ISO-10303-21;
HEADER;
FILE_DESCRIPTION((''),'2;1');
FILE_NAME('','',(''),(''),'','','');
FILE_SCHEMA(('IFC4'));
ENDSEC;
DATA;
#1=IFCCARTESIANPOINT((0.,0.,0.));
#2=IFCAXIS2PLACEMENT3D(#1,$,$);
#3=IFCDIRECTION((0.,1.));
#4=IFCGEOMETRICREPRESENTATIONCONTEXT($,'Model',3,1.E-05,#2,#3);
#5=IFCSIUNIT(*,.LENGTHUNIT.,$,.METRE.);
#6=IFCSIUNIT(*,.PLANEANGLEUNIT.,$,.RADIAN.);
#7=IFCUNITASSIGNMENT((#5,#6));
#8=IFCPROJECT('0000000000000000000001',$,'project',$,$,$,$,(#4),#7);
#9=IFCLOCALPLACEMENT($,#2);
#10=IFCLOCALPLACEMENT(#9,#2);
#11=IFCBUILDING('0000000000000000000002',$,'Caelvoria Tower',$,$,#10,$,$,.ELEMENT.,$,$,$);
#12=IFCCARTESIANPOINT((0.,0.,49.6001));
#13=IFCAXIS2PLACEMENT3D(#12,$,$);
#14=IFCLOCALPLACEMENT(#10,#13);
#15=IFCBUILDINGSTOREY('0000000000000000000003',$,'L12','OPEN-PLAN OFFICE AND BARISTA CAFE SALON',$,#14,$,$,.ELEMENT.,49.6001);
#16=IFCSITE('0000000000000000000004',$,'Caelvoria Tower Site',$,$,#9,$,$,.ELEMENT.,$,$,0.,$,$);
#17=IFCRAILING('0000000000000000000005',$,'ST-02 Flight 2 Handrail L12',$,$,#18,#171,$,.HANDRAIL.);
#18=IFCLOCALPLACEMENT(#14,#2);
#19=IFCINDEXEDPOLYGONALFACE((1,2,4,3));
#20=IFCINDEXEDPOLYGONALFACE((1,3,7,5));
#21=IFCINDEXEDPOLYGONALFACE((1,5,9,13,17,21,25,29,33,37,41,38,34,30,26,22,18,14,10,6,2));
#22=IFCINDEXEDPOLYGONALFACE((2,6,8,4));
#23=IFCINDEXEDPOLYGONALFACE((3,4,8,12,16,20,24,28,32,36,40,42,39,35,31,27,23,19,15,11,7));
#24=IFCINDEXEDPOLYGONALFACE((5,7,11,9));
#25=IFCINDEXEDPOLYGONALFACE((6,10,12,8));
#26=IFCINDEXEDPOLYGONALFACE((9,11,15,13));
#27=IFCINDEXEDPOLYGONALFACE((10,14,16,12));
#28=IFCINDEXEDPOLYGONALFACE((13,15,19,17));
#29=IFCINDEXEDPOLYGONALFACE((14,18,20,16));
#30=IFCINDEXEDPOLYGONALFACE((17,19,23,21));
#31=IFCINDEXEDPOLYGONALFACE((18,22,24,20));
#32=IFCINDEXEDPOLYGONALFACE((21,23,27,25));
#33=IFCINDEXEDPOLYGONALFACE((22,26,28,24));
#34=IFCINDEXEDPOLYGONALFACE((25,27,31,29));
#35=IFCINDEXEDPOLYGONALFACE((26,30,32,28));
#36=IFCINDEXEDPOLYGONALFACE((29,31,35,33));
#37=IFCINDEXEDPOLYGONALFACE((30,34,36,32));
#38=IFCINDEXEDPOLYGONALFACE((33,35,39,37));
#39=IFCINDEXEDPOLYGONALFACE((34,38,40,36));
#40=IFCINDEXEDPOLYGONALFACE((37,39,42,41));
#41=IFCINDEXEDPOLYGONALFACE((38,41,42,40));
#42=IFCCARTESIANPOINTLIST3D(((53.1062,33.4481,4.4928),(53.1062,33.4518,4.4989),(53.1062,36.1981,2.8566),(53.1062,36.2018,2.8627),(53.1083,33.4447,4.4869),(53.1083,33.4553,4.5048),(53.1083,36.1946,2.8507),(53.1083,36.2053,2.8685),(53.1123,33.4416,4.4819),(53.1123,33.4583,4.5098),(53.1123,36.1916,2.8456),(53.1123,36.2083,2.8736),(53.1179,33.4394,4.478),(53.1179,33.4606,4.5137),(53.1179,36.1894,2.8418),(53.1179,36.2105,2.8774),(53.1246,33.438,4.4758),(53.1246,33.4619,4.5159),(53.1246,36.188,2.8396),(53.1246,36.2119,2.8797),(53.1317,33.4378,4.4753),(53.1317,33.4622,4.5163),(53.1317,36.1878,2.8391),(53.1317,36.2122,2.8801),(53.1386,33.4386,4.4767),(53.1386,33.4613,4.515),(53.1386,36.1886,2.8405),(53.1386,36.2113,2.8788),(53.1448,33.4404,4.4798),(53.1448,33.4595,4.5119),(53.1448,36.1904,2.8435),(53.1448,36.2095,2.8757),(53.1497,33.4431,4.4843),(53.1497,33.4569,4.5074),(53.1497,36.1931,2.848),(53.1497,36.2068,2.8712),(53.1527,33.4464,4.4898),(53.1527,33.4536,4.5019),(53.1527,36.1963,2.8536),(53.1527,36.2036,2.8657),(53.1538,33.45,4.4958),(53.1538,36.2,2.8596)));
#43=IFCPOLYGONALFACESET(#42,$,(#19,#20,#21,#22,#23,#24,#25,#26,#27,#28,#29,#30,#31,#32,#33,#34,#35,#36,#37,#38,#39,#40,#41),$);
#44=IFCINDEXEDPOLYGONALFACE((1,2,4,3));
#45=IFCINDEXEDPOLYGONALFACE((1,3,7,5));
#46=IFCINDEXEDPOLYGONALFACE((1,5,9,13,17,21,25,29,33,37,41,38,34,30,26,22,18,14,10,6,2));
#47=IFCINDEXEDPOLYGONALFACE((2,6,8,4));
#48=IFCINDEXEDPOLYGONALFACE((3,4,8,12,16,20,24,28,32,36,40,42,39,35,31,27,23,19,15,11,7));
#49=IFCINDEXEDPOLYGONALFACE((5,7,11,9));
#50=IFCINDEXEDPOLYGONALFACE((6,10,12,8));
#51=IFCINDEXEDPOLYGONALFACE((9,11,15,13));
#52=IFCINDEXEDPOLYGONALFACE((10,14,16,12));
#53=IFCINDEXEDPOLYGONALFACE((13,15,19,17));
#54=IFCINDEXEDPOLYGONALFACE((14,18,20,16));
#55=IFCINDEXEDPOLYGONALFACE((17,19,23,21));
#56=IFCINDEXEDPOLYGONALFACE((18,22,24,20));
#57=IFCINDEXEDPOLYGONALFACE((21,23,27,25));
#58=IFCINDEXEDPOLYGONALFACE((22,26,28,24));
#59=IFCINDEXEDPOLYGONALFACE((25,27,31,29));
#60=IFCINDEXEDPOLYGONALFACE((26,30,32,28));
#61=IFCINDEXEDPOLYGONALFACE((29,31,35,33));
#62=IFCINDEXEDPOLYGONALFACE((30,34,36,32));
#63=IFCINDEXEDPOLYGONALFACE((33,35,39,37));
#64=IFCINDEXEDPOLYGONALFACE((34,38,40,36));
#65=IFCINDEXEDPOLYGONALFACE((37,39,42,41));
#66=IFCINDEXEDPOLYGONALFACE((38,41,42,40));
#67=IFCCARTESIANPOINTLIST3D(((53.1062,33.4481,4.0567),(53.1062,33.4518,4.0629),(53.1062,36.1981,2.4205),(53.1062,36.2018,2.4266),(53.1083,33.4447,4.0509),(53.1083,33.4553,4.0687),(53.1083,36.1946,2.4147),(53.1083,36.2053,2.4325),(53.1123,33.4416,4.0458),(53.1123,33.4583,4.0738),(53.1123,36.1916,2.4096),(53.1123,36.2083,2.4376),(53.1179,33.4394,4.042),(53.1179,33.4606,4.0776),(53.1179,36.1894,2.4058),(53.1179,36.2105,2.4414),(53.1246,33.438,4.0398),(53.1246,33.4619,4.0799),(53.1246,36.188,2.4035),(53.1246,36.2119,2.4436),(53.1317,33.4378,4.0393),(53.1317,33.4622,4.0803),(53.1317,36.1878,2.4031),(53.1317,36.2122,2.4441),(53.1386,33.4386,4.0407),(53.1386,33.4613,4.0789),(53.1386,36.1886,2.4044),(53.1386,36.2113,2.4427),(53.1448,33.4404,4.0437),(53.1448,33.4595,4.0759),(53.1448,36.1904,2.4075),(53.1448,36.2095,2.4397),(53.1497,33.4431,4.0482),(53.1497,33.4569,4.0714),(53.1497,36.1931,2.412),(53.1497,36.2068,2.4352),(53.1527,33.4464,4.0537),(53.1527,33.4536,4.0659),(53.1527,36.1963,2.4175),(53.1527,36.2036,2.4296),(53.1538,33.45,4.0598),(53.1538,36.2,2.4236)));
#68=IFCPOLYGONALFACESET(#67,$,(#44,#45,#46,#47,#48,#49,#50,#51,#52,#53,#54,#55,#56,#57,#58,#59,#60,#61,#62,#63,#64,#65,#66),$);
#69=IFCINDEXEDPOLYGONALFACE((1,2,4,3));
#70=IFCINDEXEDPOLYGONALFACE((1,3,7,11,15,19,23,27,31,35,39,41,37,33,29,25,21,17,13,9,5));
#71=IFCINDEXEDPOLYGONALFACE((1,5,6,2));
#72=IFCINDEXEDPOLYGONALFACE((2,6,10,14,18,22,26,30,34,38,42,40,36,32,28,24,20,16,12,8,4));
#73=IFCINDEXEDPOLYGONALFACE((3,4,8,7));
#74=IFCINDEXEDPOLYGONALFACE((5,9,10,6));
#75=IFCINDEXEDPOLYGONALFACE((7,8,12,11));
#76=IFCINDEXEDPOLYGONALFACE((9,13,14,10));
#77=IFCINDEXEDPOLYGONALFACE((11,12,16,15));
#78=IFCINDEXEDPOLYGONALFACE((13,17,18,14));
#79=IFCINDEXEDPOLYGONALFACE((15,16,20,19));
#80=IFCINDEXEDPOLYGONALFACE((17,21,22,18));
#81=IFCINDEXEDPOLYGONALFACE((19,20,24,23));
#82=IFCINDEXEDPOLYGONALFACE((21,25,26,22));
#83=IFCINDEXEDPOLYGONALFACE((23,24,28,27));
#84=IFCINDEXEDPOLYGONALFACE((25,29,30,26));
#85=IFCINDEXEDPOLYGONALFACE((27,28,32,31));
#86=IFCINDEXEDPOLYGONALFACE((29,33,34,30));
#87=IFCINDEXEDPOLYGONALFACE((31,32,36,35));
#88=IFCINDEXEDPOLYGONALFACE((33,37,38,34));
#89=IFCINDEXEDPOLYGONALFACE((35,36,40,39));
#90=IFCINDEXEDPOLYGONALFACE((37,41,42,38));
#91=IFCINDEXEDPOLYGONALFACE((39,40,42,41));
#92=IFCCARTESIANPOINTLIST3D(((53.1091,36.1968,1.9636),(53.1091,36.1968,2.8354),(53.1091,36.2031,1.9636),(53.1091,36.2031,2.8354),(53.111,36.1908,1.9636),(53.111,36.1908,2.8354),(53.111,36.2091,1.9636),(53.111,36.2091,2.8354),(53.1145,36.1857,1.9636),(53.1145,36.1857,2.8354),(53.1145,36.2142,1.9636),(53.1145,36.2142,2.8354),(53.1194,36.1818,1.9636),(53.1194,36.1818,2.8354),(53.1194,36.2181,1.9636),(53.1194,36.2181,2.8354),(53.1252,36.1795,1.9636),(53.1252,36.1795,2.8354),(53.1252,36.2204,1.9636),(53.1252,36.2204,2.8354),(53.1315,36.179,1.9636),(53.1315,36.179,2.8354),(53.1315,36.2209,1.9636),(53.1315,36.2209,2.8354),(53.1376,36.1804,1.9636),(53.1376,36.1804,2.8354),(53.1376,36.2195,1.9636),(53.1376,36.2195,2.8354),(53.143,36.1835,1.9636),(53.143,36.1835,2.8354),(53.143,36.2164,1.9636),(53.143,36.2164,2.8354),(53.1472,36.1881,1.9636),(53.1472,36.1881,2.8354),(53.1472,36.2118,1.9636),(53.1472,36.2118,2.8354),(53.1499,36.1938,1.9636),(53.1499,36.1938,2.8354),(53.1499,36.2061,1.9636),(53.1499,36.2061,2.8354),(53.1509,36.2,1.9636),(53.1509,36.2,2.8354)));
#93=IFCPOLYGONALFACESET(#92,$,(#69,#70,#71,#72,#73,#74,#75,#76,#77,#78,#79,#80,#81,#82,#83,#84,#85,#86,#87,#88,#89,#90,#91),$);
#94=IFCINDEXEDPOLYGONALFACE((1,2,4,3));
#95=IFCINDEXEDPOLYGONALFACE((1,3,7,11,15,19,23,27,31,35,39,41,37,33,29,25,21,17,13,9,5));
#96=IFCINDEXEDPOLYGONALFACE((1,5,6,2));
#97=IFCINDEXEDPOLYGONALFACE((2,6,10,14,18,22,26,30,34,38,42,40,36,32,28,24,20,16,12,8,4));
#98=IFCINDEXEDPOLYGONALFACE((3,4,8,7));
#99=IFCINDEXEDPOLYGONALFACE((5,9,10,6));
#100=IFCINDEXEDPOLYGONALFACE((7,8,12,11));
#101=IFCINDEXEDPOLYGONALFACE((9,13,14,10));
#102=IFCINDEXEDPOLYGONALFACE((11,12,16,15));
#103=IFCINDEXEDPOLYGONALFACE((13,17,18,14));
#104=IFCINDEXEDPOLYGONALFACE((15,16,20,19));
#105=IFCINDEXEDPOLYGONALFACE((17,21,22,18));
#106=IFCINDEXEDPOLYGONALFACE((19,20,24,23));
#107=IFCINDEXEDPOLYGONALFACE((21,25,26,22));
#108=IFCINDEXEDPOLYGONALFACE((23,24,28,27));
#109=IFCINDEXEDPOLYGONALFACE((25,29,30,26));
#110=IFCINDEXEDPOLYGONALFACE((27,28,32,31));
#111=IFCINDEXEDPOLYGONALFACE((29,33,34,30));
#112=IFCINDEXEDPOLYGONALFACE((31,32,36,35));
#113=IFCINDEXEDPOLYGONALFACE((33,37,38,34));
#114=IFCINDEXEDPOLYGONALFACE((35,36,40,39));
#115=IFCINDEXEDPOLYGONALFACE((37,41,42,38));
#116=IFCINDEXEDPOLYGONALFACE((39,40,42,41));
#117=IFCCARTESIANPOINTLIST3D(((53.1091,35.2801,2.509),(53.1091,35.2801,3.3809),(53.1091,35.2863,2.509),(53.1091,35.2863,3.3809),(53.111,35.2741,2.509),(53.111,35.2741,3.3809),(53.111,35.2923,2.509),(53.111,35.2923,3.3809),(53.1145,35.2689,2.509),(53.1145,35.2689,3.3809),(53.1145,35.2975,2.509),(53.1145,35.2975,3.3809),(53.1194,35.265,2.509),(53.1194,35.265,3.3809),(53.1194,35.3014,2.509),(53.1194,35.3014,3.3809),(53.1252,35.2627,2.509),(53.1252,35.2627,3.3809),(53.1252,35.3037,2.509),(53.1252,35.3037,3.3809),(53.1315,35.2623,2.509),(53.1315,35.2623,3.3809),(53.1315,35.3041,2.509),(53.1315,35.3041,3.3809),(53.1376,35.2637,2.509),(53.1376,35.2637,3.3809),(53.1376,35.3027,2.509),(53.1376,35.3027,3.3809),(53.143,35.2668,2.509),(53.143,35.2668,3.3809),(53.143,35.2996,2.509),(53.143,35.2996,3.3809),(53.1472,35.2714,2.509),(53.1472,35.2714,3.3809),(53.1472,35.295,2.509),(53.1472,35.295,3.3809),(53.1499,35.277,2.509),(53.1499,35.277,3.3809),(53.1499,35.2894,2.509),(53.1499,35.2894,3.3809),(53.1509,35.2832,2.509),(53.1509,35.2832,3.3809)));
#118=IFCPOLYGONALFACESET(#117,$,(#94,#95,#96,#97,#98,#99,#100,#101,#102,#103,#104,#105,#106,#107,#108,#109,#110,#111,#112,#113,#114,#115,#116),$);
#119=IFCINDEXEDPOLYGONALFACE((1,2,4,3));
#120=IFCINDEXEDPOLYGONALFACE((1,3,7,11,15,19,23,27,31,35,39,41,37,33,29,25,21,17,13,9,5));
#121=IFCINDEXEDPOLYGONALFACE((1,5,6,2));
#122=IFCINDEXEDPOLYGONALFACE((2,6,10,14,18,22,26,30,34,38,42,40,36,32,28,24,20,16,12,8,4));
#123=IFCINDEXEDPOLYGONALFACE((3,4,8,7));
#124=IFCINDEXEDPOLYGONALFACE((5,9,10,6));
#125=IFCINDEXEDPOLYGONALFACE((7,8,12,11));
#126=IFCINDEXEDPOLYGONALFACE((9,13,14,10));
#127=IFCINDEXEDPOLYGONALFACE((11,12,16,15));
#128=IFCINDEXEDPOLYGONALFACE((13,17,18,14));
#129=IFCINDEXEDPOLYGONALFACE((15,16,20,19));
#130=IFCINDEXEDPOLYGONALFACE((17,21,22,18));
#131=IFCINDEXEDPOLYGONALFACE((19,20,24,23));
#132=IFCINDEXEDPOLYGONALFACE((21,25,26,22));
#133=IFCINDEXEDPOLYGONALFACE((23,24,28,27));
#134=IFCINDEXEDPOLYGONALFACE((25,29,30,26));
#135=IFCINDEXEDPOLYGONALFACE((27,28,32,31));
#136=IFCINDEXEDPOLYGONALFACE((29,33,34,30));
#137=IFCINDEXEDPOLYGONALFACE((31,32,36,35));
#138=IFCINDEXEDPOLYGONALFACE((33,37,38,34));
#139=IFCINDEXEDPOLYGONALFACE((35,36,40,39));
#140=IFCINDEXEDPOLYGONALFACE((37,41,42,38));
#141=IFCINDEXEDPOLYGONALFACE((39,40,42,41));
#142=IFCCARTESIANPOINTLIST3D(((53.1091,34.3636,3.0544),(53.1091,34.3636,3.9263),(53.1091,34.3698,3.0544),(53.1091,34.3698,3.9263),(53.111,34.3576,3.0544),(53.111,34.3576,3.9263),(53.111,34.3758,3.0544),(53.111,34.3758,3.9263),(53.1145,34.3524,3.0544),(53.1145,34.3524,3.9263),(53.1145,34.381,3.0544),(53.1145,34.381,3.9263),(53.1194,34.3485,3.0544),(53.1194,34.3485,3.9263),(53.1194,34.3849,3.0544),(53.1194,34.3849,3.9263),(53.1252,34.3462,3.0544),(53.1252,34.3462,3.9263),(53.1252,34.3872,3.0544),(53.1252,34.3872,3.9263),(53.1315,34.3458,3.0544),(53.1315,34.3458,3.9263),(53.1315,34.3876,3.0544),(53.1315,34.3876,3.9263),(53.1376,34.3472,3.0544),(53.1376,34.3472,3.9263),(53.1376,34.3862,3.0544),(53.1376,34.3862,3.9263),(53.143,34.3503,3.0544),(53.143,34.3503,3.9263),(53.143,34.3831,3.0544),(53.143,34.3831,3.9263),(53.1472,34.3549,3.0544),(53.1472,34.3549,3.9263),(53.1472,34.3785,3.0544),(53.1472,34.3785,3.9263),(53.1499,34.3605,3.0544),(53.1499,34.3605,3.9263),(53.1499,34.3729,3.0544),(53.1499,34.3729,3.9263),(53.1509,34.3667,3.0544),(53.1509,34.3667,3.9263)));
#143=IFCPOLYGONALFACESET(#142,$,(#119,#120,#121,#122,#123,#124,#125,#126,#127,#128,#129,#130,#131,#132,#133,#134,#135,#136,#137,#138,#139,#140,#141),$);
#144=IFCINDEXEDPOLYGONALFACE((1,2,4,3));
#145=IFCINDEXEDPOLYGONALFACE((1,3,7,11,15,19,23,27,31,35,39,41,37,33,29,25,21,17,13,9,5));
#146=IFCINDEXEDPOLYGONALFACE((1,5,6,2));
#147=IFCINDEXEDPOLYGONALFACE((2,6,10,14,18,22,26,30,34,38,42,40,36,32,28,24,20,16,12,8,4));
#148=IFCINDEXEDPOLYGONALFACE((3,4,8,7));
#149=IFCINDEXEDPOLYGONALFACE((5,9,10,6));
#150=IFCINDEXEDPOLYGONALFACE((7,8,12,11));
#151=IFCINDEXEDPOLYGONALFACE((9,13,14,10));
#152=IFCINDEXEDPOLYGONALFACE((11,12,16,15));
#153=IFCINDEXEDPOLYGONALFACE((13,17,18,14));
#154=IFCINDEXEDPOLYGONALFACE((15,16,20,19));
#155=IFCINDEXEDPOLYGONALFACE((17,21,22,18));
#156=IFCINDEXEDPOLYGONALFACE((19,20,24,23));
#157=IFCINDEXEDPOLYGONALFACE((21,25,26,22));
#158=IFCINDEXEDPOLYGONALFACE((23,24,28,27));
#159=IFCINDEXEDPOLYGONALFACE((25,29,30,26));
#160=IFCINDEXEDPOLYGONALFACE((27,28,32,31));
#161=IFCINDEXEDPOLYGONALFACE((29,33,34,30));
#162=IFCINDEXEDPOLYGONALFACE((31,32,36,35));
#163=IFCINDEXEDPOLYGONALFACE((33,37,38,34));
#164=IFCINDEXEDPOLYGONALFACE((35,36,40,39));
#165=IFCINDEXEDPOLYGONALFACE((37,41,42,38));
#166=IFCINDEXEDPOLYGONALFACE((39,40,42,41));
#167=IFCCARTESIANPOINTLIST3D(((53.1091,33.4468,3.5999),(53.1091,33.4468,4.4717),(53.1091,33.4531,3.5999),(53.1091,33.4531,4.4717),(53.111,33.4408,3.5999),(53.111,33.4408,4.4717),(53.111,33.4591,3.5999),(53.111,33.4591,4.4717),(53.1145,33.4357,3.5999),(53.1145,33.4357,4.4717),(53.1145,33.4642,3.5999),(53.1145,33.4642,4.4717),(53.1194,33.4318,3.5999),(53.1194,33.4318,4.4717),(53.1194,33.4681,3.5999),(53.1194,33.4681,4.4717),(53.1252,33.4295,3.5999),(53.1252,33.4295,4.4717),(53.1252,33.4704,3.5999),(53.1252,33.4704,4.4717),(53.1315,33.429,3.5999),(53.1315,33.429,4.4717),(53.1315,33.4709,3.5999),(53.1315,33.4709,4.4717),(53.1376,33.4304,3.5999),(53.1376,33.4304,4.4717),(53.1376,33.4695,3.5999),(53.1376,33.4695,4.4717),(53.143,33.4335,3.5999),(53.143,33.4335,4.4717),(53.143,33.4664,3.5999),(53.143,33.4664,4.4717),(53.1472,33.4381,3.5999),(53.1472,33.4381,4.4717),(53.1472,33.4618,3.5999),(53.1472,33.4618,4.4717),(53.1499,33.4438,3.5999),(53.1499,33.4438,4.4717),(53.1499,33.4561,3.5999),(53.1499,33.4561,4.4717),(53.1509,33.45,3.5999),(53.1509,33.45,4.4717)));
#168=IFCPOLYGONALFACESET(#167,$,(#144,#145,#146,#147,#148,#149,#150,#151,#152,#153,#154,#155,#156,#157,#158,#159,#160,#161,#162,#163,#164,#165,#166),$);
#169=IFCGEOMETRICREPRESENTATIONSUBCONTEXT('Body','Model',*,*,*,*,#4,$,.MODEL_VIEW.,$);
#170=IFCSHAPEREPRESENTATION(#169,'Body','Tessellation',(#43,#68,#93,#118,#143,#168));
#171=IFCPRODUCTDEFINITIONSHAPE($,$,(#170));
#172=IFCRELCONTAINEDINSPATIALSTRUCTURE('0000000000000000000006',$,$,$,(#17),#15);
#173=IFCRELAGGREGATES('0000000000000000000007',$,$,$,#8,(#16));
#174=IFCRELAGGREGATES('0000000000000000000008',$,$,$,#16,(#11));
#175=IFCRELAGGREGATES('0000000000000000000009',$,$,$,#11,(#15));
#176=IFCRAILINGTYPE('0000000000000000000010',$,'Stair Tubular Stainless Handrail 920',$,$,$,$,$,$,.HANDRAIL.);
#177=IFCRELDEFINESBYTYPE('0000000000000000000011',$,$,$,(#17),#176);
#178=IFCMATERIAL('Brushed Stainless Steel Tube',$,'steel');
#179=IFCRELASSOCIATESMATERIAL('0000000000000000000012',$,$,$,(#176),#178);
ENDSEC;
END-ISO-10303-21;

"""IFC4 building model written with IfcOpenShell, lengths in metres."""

from ifc_helpers import new_model, si_unit, direction, frame, origin, origin_2d, place, context, subcontext, project, spatial, circle, extrude, material, type_object, element, save


model = new_model("IFC4")

# Units and contexts
model_context = context("Model", 3, precision=1e-05, world=origin(), true_north=direction((0.0, 1.0)))
body_context = subcontext(model_context, "Body", "Model", "MODEL_VIEW")
ifc_project = project(units=[si_unit("LENGTHUNIT", "METRE"), si_unit("PLANEANGLEUNIT", "RADIAN")], contexts=[model_context])

# Site, building, storey
site_placement = place(None, origin())
site = spatial("IfcSite", under=ifc_project, at=site_placement, Name="Caelvoria Tower Site", CompositionType="ELEMENT", RefElevation=0.0)
building_placement = place(site_placement, origin())
building = spatial("IfcBuilding", under=site, at=building_placement, Name="Caelvoria Tower", CompositionType="ELEMENT")
storey_placement = place(building_placement, frame((0.0, 0.0, 49.6001)))
storey = spatial("IfcBuildingStorey", under=building, at=storey_placement, Name="L12", Description="OPEN-PLAN OFFICE AND BARISTA CAFE SALON", CompositionType="ELEMENT", Elevation=49.6001)

# Railing
ifc_material_1 = material(Name="Brushed Stainless Steel Tube", Category="steel")
railing_type_1 = type_object("IfcRailingType", Name="Stair Tubular Stainless Handrail 920", PredefinedType="HANDRAIL", material=ifc_material_1)
railing_1_placement = place(storey_placement, frame((53.1299, 36.2, 1.9636)))
element("IfcRailing", 1, at=railing_1_placement, inside=storey, type_object=railing_type_1, Name="ST-02 Flight 2 Handrail L12", PredefinedType="HANDRAIL", context=body_context, shape_type="SweptSolid", body=[
    extrude(circle(Radius=0.0239, at=origin_2d()), frame((0.0, 0.0, 0.896), z_axis=(0.0, -0.859385, 0.511328), x_axis=(1.0, 0.0, 0.0)), (0.0, 0.0, 1.0), 3.2),
    extrude(circle(Radius=0.0239, at=origin_2d()), frame((0.0, 0.0, 0.46), z_axis=(0.0, -0.859385, 0.511328), x_axis=(1.0, 0.0, 0.0)), (0.0, 0.0, 1.0), 3.2),
    extrude(circle(Radius=0.021, at=origin_2d()), origin(), (0.0, 0.0, 1.0), 0.8718),
    extrude(circle(Radius=0.021, at=origin_2d()), frame((0.0, -0.9167, 0.5454)), (0.0, 0.0, 1.0), 0.8718),
    extrude(circle(Radius=0.021, at=origin_2d()), frame((0.0, -1.8333, 1.0908)), (0.0, 0.0, 1.0), 0.8718),
    extrude(circle(Radius=0.021, at=origin_2d()), frame((0.0, -2.75, 1.6362)), (0.0, 0.0, 1.0), 0.8718),
])

save(model, "model.ifc")
